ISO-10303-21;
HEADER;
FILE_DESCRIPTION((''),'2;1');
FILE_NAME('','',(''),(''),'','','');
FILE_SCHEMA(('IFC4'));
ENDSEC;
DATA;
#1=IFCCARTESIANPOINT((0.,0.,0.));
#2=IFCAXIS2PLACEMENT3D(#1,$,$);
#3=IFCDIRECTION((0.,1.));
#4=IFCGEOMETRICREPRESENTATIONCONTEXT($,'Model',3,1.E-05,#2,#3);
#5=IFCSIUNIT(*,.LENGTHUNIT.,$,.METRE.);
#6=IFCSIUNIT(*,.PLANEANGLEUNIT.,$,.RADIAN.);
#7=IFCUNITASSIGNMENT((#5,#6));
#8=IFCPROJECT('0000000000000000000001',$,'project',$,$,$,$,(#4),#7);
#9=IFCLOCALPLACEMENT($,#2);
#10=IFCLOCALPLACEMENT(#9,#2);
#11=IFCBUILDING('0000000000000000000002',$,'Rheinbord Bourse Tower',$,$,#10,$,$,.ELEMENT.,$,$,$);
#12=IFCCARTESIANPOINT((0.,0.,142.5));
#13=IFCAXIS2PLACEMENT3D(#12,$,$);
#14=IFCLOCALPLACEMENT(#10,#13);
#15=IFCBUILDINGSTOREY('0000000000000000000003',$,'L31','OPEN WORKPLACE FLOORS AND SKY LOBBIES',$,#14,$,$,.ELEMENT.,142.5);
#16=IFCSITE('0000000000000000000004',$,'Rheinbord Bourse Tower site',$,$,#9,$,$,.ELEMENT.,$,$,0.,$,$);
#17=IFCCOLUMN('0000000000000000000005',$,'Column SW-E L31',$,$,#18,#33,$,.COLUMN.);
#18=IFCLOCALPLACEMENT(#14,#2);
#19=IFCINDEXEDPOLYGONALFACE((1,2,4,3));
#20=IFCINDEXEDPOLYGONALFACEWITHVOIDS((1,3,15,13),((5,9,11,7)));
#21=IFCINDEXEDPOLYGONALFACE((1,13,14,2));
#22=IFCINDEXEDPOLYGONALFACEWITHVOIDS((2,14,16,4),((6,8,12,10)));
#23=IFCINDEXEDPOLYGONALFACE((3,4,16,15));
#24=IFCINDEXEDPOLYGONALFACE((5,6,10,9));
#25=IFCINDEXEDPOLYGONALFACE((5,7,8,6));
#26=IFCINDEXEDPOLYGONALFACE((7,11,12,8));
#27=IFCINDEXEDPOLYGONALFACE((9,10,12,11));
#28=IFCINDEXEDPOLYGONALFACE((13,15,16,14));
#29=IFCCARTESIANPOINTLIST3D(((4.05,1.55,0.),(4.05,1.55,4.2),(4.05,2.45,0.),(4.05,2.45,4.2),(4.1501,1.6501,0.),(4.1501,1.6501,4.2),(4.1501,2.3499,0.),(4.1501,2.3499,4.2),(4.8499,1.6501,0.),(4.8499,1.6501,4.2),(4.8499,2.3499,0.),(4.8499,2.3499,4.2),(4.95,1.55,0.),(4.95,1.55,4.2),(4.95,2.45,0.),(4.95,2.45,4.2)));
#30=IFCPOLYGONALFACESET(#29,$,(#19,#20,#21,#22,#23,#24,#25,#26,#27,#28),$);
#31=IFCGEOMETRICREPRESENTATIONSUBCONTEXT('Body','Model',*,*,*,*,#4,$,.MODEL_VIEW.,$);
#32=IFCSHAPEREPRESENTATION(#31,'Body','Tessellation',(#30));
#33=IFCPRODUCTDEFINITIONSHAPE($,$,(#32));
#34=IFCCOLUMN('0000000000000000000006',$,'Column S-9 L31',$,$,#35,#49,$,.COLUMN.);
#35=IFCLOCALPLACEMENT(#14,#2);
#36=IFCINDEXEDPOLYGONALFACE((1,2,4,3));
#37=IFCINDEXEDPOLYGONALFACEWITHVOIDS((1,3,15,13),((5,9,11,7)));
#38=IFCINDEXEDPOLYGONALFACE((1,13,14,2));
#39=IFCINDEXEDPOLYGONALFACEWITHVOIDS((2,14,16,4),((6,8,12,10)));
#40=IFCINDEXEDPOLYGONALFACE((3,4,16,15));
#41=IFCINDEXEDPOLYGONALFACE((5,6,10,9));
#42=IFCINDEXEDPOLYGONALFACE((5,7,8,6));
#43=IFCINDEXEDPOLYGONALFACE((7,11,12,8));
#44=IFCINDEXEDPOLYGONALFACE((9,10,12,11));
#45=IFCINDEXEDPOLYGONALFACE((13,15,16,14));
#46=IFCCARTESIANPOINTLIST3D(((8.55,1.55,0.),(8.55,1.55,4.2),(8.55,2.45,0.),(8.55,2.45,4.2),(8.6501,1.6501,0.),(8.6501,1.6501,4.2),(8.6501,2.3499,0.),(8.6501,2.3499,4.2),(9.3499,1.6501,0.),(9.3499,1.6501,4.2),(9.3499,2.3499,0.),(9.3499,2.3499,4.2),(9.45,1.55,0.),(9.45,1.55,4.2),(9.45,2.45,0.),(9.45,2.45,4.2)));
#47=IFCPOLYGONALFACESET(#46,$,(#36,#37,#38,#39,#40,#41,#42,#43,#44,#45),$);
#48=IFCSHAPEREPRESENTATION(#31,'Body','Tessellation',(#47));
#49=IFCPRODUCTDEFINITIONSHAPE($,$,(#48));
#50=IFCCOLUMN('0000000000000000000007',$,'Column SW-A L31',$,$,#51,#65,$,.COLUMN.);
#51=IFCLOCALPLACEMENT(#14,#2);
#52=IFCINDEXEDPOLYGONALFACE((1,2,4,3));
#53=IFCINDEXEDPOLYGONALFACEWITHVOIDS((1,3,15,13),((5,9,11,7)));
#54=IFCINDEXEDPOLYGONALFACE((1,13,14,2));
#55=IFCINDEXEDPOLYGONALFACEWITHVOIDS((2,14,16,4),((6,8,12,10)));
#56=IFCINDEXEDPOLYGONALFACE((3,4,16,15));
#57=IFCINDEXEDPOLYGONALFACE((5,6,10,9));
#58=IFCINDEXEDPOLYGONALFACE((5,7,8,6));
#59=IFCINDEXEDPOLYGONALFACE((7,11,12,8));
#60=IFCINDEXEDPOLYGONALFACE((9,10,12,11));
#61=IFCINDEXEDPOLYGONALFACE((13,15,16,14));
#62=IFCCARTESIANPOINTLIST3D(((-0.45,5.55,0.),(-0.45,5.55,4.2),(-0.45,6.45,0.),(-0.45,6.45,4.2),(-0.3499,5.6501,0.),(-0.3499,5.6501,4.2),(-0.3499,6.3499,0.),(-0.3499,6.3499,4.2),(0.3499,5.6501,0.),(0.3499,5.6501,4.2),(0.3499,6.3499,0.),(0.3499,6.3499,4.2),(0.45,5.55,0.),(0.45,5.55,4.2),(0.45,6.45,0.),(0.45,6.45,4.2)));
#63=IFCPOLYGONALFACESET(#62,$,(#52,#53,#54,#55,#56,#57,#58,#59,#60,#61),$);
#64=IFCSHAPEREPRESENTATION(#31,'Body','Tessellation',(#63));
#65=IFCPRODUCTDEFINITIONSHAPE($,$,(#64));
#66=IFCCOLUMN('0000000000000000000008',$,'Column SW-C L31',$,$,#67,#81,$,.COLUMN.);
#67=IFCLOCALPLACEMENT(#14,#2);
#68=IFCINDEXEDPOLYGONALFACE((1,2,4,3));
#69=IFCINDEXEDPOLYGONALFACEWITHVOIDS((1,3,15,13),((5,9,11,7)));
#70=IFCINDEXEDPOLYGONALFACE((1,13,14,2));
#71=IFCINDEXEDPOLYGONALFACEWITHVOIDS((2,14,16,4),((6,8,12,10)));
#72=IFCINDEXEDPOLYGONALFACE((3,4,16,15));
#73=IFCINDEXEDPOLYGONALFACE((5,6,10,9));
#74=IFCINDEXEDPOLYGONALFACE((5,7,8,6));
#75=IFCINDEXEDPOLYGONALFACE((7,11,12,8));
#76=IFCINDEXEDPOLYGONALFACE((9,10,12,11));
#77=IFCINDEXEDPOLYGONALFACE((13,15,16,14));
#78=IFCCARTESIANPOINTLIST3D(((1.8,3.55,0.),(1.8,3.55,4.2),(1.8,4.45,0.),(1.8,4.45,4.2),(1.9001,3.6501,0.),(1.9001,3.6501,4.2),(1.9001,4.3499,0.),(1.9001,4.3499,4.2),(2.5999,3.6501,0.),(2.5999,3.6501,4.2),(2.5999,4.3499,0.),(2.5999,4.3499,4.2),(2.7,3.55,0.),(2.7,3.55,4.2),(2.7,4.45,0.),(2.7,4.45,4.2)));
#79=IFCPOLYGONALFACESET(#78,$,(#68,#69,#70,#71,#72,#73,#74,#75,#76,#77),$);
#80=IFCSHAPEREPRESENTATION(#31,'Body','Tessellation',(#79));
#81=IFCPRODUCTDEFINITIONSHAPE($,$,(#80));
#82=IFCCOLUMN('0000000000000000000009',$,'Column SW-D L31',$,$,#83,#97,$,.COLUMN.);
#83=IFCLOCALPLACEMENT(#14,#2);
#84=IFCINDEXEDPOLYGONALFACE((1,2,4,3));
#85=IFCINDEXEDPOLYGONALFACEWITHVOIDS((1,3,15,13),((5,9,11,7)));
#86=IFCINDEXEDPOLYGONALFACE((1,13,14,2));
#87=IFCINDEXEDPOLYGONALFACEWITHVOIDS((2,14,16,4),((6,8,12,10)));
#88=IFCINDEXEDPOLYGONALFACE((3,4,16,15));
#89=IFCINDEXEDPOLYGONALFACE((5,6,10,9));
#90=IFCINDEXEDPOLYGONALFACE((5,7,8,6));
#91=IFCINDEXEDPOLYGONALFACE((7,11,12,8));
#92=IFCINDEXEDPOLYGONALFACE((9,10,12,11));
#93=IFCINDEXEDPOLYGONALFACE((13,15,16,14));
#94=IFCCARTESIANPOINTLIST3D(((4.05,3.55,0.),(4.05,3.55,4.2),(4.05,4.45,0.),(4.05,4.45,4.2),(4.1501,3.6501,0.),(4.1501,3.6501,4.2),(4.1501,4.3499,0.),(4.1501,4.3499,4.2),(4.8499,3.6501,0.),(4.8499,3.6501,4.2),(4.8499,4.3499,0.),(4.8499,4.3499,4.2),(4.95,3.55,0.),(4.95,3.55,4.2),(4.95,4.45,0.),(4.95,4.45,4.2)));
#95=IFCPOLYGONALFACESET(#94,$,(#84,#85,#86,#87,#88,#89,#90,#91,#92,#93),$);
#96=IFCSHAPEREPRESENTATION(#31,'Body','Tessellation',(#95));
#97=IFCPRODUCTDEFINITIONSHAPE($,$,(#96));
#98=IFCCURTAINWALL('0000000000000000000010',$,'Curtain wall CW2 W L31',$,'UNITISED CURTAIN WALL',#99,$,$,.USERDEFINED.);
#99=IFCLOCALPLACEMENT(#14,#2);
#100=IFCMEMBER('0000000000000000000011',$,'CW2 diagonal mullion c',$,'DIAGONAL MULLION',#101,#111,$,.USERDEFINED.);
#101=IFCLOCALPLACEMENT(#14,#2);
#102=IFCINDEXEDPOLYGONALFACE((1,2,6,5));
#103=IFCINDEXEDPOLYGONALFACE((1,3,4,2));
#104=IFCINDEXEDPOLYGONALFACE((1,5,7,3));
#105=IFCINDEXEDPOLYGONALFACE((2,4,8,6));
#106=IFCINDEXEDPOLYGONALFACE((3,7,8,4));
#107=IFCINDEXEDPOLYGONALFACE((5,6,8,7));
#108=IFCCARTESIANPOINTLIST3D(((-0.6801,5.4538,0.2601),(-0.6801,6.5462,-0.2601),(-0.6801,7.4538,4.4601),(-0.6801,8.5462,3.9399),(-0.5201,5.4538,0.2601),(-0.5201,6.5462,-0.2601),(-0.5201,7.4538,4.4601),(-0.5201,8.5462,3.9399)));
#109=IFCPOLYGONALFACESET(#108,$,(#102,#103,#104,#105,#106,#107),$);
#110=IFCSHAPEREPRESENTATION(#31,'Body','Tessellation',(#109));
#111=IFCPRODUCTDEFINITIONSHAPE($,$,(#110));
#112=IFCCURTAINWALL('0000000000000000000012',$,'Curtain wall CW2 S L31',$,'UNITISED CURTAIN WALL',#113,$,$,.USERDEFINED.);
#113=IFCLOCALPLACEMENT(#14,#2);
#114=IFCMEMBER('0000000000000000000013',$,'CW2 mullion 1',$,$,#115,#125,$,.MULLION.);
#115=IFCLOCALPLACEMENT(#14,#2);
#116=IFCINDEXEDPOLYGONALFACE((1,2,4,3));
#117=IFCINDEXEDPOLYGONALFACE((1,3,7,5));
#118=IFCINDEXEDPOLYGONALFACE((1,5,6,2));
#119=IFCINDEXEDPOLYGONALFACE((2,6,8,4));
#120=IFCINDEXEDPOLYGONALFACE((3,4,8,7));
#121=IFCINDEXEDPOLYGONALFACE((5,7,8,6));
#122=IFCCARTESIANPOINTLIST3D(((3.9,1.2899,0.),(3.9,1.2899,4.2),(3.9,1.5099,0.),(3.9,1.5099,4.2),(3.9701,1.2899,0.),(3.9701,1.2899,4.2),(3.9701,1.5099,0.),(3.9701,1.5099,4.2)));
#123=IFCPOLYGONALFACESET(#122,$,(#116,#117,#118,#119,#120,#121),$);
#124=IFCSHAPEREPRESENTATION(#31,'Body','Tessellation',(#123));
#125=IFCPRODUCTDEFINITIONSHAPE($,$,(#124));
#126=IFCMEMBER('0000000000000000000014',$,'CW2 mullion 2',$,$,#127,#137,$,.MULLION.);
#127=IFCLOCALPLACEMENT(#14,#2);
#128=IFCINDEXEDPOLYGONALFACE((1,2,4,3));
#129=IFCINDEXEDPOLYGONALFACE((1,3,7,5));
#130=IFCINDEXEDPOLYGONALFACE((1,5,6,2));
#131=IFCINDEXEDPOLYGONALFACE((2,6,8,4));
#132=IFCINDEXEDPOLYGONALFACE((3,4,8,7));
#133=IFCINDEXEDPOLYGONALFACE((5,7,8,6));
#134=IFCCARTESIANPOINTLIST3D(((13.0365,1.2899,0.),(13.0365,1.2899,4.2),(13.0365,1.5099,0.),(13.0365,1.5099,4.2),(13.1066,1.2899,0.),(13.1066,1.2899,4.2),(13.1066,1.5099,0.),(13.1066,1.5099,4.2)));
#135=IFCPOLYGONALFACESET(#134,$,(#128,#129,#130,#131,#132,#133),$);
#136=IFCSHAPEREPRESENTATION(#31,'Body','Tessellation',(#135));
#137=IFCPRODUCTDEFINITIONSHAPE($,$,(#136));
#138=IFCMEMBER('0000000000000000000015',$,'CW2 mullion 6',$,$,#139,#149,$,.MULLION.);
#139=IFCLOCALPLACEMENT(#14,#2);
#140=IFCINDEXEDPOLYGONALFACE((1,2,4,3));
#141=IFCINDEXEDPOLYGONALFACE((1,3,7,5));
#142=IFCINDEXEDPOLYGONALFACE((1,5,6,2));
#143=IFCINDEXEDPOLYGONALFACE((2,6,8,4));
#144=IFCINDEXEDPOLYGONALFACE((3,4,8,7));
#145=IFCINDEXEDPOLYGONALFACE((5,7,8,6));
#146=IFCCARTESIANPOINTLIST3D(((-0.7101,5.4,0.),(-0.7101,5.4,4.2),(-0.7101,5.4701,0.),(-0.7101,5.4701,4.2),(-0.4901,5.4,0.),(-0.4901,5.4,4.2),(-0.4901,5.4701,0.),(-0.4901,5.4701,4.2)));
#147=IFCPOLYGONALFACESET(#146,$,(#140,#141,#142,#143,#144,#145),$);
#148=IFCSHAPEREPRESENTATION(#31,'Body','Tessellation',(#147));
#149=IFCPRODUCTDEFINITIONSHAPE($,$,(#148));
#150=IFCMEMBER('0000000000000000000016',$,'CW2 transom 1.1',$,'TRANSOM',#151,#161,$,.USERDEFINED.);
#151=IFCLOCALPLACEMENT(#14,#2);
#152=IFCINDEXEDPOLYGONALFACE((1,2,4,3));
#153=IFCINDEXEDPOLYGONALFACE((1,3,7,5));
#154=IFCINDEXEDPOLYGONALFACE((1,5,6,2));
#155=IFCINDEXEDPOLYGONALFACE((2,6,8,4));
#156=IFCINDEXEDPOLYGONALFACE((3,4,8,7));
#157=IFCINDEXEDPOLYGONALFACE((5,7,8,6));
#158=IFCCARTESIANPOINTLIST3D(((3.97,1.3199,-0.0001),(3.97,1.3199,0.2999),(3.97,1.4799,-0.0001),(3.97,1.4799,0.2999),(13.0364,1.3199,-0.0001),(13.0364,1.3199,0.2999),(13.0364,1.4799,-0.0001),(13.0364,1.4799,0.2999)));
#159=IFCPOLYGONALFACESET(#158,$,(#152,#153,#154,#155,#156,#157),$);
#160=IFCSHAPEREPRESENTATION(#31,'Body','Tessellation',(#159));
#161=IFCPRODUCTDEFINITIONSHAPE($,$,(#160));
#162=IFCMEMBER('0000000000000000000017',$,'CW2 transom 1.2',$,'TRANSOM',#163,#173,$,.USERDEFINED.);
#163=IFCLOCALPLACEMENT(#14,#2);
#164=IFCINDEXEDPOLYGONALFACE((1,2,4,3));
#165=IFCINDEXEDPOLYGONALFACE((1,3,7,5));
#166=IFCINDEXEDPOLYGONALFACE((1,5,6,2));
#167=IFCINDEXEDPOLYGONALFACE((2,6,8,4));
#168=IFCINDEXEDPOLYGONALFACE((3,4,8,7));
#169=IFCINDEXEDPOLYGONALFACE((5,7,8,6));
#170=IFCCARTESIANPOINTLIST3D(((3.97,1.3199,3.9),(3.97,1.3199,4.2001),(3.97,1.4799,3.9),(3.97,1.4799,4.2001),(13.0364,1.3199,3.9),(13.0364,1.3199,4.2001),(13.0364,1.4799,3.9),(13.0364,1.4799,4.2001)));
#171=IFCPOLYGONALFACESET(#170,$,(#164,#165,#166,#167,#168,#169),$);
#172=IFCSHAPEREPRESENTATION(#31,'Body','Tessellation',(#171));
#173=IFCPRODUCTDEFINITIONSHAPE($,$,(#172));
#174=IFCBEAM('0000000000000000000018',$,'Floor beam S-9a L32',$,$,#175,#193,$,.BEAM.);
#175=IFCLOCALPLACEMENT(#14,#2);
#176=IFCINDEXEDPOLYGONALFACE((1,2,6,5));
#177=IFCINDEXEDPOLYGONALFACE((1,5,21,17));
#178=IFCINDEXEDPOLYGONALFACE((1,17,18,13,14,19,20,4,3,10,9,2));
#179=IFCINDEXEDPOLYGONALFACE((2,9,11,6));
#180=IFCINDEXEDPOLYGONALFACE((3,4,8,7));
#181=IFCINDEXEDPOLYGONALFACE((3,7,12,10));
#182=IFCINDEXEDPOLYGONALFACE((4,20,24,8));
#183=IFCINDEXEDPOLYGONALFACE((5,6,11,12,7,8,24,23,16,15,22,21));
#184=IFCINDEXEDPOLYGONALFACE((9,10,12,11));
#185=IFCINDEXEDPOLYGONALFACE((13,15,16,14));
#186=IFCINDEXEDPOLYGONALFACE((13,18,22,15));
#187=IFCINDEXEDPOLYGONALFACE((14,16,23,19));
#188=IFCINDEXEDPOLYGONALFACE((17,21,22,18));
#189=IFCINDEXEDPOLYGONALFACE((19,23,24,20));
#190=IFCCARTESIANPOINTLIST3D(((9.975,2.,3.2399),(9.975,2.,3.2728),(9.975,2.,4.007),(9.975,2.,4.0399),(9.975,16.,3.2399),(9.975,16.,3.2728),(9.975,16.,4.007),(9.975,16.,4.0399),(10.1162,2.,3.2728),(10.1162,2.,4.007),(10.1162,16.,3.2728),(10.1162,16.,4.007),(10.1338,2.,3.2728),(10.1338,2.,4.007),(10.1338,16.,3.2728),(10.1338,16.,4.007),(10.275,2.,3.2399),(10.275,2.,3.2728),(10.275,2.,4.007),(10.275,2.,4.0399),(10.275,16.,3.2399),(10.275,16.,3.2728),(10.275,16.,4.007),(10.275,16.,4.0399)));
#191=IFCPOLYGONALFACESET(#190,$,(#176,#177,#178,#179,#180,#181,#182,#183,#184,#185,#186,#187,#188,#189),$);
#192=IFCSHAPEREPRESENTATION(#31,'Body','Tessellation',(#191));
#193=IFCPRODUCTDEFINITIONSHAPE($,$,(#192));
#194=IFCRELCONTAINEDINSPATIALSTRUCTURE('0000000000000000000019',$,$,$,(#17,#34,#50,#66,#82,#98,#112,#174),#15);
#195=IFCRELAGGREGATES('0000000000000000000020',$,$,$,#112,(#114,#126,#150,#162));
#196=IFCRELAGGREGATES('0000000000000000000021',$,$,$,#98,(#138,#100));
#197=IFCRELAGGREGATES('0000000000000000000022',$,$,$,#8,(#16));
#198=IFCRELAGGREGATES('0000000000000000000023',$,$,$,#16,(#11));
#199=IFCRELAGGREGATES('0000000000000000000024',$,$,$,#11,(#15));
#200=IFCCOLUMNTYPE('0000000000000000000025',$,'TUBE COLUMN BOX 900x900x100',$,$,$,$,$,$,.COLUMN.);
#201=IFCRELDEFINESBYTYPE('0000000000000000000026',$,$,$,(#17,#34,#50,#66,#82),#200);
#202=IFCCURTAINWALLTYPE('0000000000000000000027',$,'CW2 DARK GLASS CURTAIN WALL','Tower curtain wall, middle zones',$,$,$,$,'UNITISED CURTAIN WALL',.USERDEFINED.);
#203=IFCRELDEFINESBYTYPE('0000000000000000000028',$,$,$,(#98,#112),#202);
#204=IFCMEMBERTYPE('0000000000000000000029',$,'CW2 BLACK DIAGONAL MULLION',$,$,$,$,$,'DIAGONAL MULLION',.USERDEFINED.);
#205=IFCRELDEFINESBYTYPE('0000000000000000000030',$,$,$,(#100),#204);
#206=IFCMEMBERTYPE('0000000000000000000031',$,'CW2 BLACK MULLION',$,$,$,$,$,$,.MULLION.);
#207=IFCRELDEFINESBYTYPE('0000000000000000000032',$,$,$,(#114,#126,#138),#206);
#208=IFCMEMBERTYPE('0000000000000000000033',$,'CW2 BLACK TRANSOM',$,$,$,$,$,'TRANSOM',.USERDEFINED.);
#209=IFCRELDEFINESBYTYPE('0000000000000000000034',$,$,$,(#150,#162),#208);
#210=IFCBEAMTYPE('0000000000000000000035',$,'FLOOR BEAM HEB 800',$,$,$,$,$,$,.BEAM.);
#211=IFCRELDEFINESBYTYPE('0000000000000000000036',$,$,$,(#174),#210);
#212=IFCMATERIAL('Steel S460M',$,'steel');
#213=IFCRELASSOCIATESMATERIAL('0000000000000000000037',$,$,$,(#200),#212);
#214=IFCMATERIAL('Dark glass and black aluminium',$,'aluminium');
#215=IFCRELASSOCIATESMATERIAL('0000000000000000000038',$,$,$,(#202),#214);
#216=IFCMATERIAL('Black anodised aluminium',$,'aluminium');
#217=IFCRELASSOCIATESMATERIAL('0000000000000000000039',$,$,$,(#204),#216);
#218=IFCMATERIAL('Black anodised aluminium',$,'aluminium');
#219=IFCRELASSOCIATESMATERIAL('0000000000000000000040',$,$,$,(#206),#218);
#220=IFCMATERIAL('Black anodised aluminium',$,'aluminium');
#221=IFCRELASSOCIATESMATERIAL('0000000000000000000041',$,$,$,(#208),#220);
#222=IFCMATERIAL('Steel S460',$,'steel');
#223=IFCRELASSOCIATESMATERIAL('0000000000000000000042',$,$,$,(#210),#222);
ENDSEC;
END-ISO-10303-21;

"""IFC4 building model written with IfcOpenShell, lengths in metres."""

from ifc_helpers import new_model, si_unit, direction, frame, origin, origin_2d, place, context, subcontext, project, spatial, rectangle, hollow_rectangle, i_section, extrude, material, material_profile, profile_set, type_object, element, aggregate, save


model = new_model("IFC4")

# Units and contexts
model_context = context("Model", 3, precision=1e-05, world=origin(), true_north=direction((0.0, 1.0)))
body_context = subcontext(model_context, "Body", "Model", "MODEL_VIEW")
ifc_project = project(units=[si_unit("LENGTHUNIT", "METRE"), si_unit("PLANEANGLEUNIT", "RADIAN")], contexts=[model_context])

# Site, building, storey
site_placement = place(None, origin())
site = spatial("IfcSite", under=ifc_project, at=site_placement, Name="Rheinbord Bourse Tower site", CompositionType="ELEMENT", RefElevation=0.0)
building_placement = place(site_placement, origin())
building = spatial("IfcBuilding", under=site, at=building_placement, Name="Rheinbord Bourse Tower", CompositionType="ELEMENT")
storey_placement = place(building_placement, frame((0.0, 0.0, 142.5)))
storey = spatial("IfcBuildingStorey", under=building, at=storey_placement, Name="L31", Description="OPEN WORKPLACE FLOORS AND SKY LOBBIES", CompositionType="ELEMENT", Elevation=142.5)

# Columns
ifc_material_1 = material(Name="Steel S460M", Category="steel")
ifc_material_profile_1 = material_profile(ifc_material_1, hollow_rectangle(XDim=0.8999, YDim=0.8999, WallThickness=0.1001, at=origin_2d()), Name="BOX 900x900x100")
ifc_profile_set_1 = profile_set([ifc_material_profile_1], Name="Steel S460M")
column_type = type_object("IfcColumnType", Name="TUBE COLUMN BOX 900x900x100", PredefinedType="COLUMN", material=ifc_profile_set_1)
for number, where, z_axis, x_axis, name in (
    (1, (4.5, 2.0, 0.0), (0.0, 0.0, 1.0), (0.0, 1.0, 0.0), "Column SW-E L31"),
    (2, (9.0, 2.0, 0.0), (0.0, 0.0, 1.0), (0.0, 1.0, 0.0), "Column S-9 L31"),
    (3, (0.0, 6.0, 0.0), (0.0, 0.0, 1.0), (1.0, 0.0, 0.0), "Column SW-A L31"),
    (4, (2.25, 4.0, 0.0), (0.0, 0.0, 1.0), (1.0, 0.0, 0.0), "Column SW-C L31"),
    (5, (4.5, 4.0, 0.0), (0.0, 0.0, 1.0), (0.0, 1.0, 0.0), "Column SW-D L31"),
):
    element("IfcColumn", number, at=place(storey_placement, frame(where, z_axis=z_axis, x_axis=x_axis)), inside=storey, type_object=column_type, Name=name, PredefinedType="COLUMN", context=body_context, shape_type="SweptSolid", body=[
        extrude(hollow_rectangle(XDim=0.8999, YDim=0.8999, WallThickness=0.1001, at=origin_2d()), origin(), (0.0, 0.0, 1.0), 4.2),
    ])

# Curtain wall, member
ifc_material_2 = material(Name="Dark glass and black aluminium", Category="aluminium")
curtain_wall_type = type_object("IfcCurtainWallType", Name="CW2 DARK GLASS CURTAIN WALL", Description="Tower curtain wall, middle zones", ElementType="UNITISED CURTAIN WALL", PredefinedType="USERDEFINED", material=ifc_material_2)
curtain_wall_1_placement = place(storey_placement, origin())
curtain_wall_1 = element("IfcCurtainWall", 6, at=curtain_wall_1_placement, inside=storey, type_object=curtain_wall_type, Name="Curtain wall CW2 W L31", ObjectType="UNITISED CURTAIN WALL", PredefinedType="USERDEFINED")
ifc_material_3 = material(Name="Black anodised aluminium", Category="aluminium")
ifc_material_profile_2 = material_profile(ifc_material_3, rectangle(XDim=0.1599, YDim=1.21, at=origin_2d()), Name="CW2 DIAGONAL MULLION 1210x160")
ifc_profile_set_2 = profile_set([ifc_material_profile_2], Name="Black anodised aluminium")
member_type_1 = type_object("IfcMemberType", Name="CW2 BLACK DIAGONAL MULLION", ElementType="DIAGONAL MULLION", PredefinedType="USERDEFINED", material=ifc_profile_set_2)
member_1_placement = place(storey_placement, frame((-0.6001, 6.0, 0.0), z_axis=(0.0, 0.429938, 0.902859), x_axis=(-1.0, 0.0, 0.0)))
member_1 = element("IfcMember", 7, at=member_1_placement, type_object=member_type_1, Name="CW2 diagonal mullion c", ObjectType="DIAGONAL MULLION", PredefinedType="USERDEFINED", context=body_context, shape_type="SweptSolid", body=[
    extrude(rectangle(XDim=0.1599, YDim=1.21, at=origin_2d()), origin(), (0.0, 0.0, 1.0), 4.6519),
])

# Curtain wall, members
curtain_wall_2_placement = place(storey_placement, origin())
curtain_wall_2 = element("IfcCurtainWall", 8, at=curtain_wall_2_placement, inside=storey, type_object=curtain_wall_type, Name="Curtain wall CW2 S L31", ObjectType="UNITISED CURTAIN WALL", PredefinedType="USERDEFINED")
ifc_material_4 = material(Name="Black anodised aluminium", Category="aluminium")
ifc_material_profile_3 = material_profile(ifc_material_4, rectangle(XDim=0.22, YDim=0.0701, at=origin_2d()), Name="CW2 MULLION 70x220")
ifc_profile_set_3 = profile_set([ifc_material_profile_3], Name="Black anodised aluminium")
member_type_2 = type_object("IfcMemberType", Name="CW2 BLACK MULLION", PredefinedType="MULLION", material=ifc_profile_set_3)
member_2_placement = place(storey_placement, frame((3.9351, 1.3999, 0.0), z_axis=(0.0, 0.0, 1.0), x_axis=(0.0, 1.0, 0.0)))
member_2 = element("IfcMember", 9, at=member_2_placement, type_object=member_type_2, Name="CW2 mullion 1", PredefinedType="MULLION", context=body_context, shape_type="SweptSolid", body=[
    extrude(rectangle(XDim=0.22, YDim=0.0701, at=origin_2d()), origin(), (0.0, 0.0, 1.0), 4.2),
])
member_3_placement = place(storey_placement, frame((13.0715, 1.3999, 0.0), z_axis=(0.0, 0.0, 1.0), x_axis=(0.0, 1.0, 0.0)))
member_3 = element("IfcMember", 10, at=member_3_placement, type_object=member_type_2, Name="CW2 mullion 2", PredefinedType="MULLION", context=body_context, shape_type="SweptSolid", body=[
    extrude(rectangle(XDim=0.22, YDim=0.0701, at=origin_2d()), origin(), (0.0, 0.0, 1.0), 4.2),
])

# Members
member_4_placement = place(storey_placement, frame((-0.6001, 5.4351, 0.0), z_axis=(0.0, 0.0, 1.0), x_axis=(1.0, 0.0, 0.0)))
member_4 = element("IfcMember", 11, at=member_4_placement, type_object=member_type_2, Name="CW2 mullion 6", PredefinedType="MULLION", context=body_context, shape_type="SweptSolid", body=[
    extrude(rectangle(XDim=0.22, YDim=0.0701, at=origin_2d()), origin(), (0.0, 0.0, 1.0), 4.2),
])
ifc_material_5 = material(Name="Black anodised aluminium", Category="aluminium")
ifc_material_profile_4 = material_profile(ifc_material_5, rectangle(XDim=0.1599, YDim=0.3, at=origin_2d()), Name="CW2 TRANSOM 300x160")
ifc_profile_set_4 = profile_set([ifc_material_profile_4], Name="Black anodised aluminium")
member_type_3 = type_object("IfcMemberType", Name="CW2 BLACK TRANSOM", ElementType="TRANSOM", PredefinedType="USERDEFINED", material=ifc_profile_set_4)
member_5_placement = place(storey_placement, frame((3.97, 1.3999, 0.1499), z_axis=(1.0, 0.0, 0.0), x_axis=(0.0, 1.0, 0.0)))
member_5 = element("IfcMember", 12, at=member_5_placement, type_object=member_type_3, Name="CW2 transom 1.1", ObjectType="TRANSOM", PredefinedType="USERDEFINED", context=body_context, shape_type="SweptSolid", body=[
    extrude(rectangle(XDim=0.1599, YDim=0.3, at=origin_2d()), origin(), (0.0, 0.0, 1.0), 9.0664),
])
member_6_placement = place(storey_placement, frame((3.97, 1.3999, 4.05), z_axis=(1.0, 0.0, 0.0), x_axis=(0.0, 1.0, 0.0)))
member_6 = element("IfcMember", 13, at=member_6_placement, type_object=member_type_3, Name="CW2 transom 1.2", ObjectType="TRANSOM", PredefinedType="USERDEFINED", context=body_context, shape_type="SweptSolid", body=[
    extrude(rectangle(XDim=0.1599, YDim=0.3, at=origin_2d()), origin(), (0.0, 0.0, 1.0), 9.0664),
])

# Beam
ifc_material_6 = material(Name="Steel S460", Category="steel")
ifc_material_profile_5 = material_profile(ifc_material_6, i_section(OverallWidth=0.3, OverallDepth=0.8, WebThickness=0.0176, FlangeThickness=0.033, at=origin_2d()), Name="HEB 800")
ifc_profile_set_5 = profile_set([ifc_material_profile_5], Name="Steel S460")
beam_type_1 = type_object("IfcBeamType", Name="FLOOR BEAM HEB 800", PredefinedType="BEAM", material=ifc_profile_set_5)
for number, where, z_axis, x_axis, name in (
    (14, (10.125, 2.0, 3.6399), (0.0, 1.0, 0.0), (-1.0, 0.0, 0.0), "Floor beam S-9a L32"),
):
    element("IfcBeam", number, at=place(storey_placement, frame(where, z_axis=z_axis, x_axis=x_axis)), inside=storey, type_object=beam_type_1, Name=name, PredefinedType="BEAM", context=body_context, shape_type="SweptSolid", body=[
        extrude(i_section(OverallWidth=0.3, OverallDepth=0.8, WebThickness=0.0176, FlangeThickness=0.033, at=origin_2d()), origin(), (0.0, 0.0, 1.0), 14.0),
    ])

aggregate(curtain_wall_2, [member_2, member_3, member_5, member_6])
aggregate(curtain_wall_1, [member_4, member_1])

save(model, "model.ifc")
